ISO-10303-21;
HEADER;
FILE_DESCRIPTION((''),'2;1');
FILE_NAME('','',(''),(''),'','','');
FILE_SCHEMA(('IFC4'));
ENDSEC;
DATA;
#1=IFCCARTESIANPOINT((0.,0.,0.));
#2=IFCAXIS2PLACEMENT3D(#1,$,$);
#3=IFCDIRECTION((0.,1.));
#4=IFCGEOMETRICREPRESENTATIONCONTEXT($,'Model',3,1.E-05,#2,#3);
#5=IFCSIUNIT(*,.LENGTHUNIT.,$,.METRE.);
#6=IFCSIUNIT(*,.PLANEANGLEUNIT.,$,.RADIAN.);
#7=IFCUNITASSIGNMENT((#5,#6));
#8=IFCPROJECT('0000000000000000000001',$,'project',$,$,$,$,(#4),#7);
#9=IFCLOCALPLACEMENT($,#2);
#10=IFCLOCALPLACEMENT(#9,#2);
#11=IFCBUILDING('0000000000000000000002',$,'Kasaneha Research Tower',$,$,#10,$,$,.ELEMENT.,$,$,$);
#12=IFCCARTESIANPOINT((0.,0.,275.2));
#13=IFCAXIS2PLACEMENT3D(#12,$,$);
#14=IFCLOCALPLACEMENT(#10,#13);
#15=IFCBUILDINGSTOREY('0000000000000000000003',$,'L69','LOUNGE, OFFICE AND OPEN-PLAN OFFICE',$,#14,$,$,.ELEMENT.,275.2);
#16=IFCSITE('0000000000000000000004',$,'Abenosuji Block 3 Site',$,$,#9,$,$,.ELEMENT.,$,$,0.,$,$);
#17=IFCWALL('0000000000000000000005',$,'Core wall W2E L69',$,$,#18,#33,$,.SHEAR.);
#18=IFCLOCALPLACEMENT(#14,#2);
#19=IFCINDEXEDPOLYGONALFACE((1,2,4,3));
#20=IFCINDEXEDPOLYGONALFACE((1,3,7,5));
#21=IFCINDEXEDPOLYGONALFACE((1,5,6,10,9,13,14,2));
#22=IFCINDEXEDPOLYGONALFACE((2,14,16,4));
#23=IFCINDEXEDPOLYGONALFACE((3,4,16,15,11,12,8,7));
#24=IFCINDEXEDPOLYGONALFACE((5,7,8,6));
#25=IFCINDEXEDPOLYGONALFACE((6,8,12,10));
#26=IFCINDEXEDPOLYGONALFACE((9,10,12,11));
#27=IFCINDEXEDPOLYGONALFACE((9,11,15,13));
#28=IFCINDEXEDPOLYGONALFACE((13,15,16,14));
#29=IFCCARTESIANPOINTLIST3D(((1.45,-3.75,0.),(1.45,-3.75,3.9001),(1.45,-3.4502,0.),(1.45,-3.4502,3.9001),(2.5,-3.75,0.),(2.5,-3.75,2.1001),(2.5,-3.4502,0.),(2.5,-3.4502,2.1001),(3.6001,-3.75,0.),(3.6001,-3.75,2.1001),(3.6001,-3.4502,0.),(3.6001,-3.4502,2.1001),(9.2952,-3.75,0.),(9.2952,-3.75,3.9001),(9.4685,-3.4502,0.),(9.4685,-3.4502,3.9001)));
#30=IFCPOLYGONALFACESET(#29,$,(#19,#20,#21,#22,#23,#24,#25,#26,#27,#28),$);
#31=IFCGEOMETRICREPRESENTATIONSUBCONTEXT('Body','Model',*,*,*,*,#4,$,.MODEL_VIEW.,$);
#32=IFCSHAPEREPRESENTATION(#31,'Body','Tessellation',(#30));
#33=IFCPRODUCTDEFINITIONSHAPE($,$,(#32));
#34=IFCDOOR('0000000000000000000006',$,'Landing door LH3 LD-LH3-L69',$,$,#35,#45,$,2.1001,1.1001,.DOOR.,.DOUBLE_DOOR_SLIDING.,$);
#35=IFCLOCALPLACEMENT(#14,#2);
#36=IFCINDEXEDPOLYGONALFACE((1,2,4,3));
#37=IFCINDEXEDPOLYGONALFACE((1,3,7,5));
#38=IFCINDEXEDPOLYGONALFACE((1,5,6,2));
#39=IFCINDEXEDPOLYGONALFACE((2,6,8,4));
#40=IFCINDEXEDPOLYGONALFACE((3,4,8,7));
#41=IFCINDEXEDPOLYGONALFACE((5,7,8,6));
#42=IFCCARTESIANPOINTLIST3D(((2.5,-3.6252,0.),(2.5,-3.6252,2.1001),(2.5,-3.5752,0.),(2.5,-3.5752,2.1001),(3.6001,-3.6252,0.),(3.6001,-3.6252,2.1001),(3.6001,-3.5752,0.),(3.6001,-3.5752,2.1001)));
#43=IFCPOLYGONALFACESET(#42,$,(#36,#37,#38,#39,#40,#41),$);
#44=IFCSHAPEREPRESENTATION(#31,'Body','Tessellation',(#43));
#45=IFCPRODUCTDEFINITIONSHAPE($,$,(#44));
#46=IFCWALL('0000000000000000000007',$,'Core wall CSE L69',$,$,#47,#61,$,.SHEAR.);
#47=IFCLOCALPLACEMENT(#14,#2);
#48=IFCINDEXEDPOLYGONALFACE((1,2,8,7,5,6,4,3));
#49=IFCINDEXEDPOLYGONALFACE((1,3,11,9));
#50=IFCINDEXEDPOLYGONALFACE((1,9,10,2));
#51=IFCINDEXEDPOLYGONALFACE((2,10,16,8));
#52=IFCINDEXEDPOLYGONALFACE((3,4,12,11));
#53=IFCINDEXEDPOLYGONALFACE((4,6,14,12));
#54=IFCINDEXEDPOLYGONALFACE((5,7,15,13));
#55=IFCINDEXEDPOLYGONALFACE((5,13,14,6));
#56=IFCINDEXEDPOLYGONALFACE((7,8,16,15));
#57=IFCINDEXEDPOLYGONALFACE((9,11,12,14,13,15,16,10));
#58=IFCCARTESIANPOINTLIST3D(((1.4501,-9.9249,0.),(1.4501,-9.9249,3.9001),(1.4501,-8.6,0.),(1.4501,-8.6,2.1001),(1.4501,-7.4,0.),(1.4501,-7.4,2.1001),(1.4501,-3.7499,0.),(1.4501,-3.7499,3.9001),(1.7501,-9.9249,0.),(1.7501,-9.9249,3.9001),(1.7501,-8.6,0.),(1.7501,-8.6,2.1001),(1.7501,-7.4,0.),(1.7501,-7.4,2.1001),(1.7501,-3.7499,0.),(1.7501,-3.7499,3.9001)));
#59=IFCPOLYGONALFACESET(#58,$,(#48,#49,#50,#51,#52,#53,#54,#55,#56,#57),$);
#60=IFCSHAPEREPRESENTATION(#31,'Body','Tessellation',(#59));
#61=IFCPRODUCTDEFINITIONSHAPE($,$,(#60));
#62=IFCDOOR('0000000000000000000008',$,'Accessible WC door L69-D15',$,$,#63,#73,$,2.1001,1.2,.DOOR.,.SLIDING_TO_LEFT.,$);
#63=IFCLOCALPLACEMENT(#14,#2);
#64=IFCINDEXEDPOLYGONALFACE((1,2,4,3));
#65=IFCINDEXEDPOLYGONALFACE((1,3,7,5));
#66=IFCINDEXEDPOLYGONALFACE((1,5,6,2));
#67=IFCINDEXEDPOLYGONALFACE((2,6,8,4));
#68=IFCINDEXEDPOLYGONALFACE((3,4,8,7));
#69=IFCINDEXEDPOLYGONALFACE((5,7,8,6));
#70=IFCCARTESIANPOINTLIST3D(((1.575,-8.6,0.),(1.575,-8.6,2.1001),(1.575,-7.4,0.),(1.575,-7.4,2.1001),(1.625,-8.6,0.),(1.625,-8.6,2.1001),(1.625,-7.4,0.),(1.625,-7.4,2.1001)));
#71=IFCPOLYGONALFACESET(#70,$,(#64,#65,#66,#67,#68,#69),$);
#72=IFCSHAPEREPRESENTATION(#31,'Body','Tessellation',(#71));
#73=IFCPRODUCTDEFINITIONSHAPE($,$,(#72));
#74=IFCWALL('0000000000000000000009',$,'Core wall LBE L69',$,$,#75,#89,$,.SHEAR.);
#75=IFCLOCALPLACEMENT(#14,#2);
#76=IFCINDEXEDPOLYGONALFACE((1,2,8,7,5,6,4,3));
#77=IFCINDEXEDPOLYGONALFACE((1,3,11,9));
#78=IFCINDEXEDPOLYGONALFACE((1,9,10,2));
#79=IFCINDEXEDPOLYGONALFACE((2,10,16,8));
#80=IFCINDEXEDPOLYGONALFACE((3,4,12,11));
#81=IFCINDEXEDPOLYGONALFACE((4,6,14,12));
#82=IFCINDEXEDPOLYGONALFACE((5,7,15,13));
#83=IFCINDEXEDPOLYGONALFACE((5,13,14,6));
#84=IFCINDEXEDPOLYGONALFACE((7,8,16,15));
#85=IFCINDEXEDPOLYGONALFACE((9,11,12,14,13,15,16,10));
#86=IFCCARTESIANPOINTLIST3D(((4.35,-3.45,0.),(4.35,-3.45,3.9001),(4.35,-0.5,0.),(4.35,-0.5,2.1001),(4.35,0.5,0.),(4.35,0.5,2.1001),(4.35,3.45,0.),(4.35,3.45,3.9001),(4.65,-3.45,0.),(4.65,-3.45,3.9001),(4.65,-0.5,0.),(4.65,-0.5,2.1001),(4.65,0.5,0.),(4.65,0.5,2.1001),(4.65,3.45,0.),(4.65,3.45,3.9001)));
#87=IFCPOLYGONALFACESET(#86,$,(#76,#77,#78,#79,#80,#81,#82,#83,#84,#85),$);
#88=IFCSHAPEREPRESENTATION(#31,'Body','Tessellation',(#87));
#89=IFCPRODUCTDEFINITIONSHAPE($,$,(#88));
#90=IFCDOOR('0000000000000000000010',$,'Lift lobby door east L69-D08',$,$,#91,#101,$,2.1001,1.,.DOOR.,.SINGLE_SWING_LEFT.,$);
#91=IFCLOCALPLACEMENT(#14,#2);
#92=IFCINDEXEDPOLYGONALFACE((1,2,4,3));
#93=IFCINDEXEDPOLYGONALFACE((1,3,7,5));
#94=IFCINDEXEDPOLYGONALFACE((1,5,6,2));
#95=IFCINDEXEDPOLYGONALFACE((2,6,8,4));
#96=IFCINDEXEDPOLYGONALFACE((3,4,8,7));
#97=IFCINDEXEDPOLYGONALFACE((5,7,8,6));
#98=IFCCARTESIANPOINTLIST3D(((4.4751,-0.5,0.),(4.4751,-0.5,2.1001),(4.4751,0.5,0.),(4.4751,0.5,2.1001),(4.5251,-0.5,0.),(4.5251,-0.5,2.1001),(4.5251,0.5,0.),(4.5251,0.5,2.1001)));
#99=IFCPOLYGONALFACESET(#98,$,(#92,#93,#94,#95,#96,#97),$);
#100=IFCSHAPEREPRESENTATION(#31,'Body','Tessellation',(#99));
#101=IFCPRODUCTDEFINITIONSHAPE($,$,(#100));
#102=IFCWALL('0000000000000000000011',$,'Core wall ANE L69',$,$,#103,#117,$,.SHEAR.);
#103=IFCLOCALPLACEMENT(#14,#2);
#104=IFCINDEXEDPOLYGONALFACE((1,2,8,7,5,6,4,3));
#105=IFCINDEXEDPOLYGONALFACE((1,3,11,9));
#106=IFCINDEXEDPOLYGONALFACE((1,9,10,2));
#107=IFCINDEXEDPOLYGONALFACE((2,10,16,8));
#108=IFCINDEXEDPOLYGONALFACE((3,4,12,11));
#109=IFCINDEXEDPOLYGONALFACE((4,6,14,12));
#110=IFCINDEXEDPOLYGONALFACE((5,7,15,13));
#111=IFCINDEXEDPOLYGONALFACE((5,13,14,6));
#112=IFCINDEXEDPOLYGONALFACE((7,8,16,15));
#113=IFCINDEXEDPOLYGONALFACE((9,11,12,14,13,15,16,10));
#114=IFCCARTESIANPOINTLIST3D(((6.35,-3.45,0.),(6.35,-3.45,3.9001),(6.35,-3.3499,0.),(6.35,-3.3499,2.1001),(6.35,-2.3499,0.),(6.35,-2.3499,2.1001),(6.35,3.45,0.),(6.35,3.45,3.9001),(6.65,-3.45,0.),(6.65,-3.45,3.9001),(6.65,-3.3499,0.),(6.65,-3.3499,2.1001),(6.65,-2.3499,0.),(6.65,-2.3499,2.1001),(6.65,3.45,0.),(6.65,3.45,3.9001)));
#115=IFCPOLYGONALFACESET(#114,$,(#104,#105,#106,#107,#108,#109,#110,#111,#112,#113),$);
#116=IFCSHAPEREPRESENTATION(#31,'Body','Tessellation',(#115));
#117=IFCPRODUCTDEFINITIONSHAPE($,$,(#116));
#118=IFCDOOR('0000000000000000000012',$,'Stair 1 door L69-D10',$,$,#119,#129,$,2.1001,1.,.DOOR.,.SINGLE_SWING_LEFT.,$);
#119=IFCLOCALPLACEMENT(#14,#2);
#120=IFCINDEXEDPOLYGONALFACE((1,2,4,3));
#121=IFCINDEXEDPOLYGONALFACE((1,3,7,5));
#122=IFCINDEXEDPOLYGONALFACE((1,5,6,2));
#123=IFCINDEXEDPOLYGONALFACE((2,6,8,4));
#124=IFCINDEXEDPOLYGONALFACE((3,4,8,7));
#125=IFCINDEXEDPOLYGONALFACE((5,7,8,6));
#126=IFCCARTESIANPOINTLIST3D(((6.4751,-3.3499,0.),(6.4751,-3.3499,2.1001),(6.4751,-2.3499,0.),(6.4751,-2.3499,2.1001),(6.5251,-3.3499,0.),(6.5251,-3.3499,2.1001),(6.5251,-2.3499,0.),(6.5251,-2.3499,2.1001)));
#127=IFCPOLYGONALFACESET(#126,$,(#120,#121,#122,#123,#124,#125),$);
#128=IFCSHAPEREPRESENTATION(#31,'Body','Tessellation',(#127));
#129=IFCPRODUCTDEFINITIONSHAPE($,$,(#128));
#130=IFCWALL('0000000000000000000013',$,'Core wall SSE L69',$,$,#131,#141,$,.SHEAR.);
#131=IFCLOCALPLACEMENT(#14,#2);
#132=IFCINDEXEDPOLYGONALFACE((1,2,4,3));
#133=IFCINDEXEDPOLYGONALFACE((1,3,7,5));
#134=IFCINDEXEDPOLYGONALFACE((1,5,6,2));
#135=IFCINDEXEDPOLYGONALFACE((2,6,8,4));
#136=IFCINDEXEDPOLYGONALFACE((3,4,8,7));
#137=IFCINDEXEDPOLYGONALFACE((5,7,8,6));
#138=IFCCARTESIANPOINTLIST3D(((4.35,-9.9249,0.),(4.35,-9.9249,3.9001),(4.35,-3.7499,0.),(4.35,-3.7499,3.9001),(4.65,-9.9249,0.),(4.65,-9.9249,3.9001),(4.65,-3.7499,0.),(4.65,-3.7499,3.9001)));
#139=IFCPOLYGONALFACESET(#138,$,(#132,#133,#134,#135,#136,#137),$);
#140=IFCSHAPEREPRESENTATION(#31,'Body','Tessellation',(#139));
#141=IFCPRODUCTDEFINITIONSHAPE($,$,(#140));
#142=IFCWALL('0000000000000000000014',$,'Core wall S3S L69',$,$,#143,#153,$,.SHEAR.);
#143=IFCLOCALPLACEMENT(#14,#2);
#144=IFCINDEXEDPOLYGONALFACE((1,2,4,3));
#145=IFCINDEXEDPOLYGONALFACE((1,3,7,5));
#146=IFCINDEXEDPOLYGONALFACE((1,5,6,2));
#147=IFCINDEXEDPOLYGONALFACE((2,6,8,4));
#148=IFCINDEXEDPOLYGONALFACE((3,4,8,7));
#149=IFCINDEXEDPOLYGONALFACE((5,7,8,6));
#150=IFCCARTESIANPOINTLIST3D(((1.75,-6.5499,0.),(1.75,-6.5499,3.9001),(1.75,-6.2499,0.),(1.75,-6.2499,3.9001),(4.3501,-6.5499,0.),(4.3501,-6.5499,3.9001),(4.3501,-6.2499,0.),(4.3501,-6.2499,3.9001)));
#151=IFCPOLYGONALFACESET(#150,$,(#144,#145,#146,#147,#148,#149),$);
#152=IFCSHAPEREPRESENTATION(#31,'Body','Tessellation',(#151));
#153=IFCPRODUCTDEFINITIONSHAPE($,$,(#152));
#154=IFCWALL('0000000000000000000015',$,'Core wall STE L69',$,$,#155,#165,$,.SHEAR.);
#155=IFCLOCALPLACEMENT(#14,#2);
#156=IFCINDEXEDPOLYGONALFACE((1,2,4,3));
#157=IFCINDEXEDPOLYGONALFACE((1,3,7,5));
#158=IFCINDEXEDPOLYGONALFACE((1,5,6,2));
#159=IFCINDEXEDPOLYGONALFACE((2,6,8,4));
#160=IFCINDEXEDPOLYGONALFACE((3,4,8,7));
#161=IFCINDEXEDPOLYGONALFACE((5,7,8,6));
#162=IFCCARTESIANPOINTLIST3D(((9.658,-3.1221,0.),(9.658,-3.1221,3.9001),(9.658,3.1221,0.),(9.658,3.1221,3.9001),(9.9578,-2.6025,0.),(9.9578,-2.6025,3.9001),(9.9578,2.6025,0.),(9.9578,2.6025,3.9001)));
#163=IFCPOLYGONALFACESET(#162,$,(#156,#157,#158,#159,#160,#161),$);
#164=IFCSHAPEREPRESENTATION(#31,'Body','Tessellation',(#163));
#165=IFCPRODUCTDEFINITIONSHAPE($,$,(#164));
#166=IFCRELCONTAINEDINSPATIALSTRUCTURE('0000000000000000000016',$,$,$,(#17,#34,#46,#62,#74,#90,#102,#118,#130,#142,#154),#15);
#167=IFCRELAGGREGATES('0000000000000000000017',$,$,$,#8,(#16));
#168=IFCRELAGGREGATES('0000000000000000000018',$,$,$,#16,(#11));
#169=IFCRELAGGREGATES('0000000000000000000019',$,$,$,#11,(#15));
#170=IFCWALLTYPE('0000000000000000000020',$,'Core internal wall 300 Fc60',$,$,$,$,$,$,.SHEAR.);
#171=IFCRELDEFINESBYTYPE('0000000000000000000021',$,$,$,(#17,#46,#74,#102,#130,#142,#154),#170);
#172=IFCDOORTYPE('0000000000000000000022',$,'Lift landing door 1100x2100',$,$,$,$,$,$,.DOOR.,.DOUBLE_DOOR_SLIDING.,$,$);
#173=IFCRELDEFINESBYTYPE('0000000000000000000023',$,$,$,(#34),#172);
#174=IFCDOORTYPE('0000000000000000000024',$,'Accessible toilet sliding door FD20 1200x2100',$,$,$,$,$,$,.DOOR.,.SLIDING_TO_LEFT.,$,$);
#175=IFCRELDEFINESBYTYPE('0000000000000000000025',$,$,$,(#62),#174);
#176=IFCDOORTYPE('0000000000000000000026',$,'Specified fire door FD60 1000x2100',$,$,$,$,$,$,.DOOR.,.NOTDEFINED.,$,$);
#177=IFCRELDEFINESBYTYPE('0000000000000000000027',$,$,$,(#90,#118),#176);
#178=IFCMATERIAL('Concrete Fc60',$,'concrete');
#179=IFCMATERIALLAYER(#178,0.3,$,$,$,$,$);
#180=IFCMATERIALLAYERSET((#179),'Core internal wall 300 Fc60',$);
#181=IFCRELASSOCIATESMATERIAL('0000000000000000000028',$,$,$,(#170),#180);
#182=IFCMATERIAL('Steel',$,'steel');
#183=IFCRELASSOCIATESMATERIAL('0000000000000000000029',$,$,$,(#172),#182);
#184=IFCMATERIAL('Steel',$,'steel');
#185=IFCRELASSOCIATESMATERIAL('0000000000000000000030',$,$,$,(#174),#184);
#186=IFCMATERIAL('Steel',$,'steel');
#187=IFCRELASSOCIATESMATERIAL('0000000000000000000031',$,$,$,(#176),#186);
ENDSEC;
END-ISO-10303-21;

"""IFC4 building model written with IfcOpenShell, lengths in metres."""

from ifc_helpers import new_model, si_unit, direction, frame, frame_2d, origin, place, context, subcontext, project, spatial, polyline, rectangle, outline, extrude, material, layer, layer_set, type_object, element, fill, save


model = new_model("IFC4")

# Units and contexts
model_context = context("Model", 3, precision=1e-05, world=origin(), true_north=direction((0.0, 1.0)))
body_context = subcontext(model_context, "Body", "Model", "MODEL_VIEW")
ifc_project = project(units=[si_unit("LENGTHUNIT", "METRE"), si_unit("PLANEANGLEUNIT", "RADIAN")], contexts=[model_context])

# Site, building, storey
site_placement = place(None, origin())
site = spatial("IfcSite", under=ifc_project, at=site_placement, Name="Abenosuji Block 3 Site", CompositionType="ELEMENT", RefElevation=0.0)
building_placement = place(site_placement, origin())
building = spatial("IfcBuilding", under=site, at=building_placement, Name="Kasaneha Research Tower", CompositionType="ELEMENT")
storey_placement = place(building_placement, frame((0.0, 0.0, 275.2)))
storey = spatial("IfcBuildingStorey", under=building, at=storey_placement, Name="L69", Description="LOUNGE, OFFICE AND OPEN-PLAN OFFICE", CompositionType="ELEMENT", Elevation=275.2)

# Walls, openings, doors
ifc_material_1 = material(Name="Concrete Fc60", Category="concrete")
ifc_layer_1 = layer(ifc_material_1, 0.3)
ifc_layer_set_1 = layer_set([ifc_layer_1], Name="Core internal wall 300 Fc60")
wall_type_1 = type_object("IfcWallType", Name="Core internal wall 300 Fc60", PredefinedType="SHEAR", material=ifc_layer_set_1)
wall_1_placement = place(storey_placement, frame((1.45, -3.6001, 0.0), z_axis=(0.0, 0.0, 1.0), x_axis=(1.0, 0.0, 0.0)))
wall_1 = element("IfcWall", 1, at=wall_1_placement, inside=storey, type_object=wall_type_1, Name="Core wall W2E L69", PredefinedType="SHEAR", context=body_context, shape_type="SweptSolid", body=[
    extrude(outline(polyline([(0.0, -0.1499), (1.05, -0.1499), (2.1501, -0.1499), (7.8452, -0.1499), (8.0186, 0.1499), (2.1501, 0.1499), (1.05, 0.1499), (0.0, 0.1499), (0.0, -0.1499)])), origin(), (0.0, 0.0, 1.0), 3.9001),
])
opening_1_placement = place(wall_1_placement, frame((1.05, 0.0, 0.0)))
opening_1 = element("IfcOpeningElement", 2, at=opening_1_placement, cuts=wall_1, PredefinedType="OPENING", context=body_context, shape_type="SweptSolid", body=[
    extrude(rectangle(XDim=1.1001, YDim=2.1001, at=frame_2d((0.55, 1.05))), frame((0.0, 0.1602, 0.0), z_axis=(0.0, -1.0, 0.0), x_axis=(1.0, 0.0, 0.0)), (0.0, 0.0, 1.0), 0.3201),
])
ifc_material_2 = material(Name="Steel", Category="steel")
door_type_1 = type_object("IfcDoorType", Name="Lift landing door 1100x2100", OperationType="DOUBLE_DOOR_SLIDING", PredefinedType="DOOR", material=ifc_material_2)
door_1_placement = place(opening_1_placement, origin())
door_1 = element("IfcDoor", 3, at=door_1_placement, inside=storey, type_object=door_type_1, Name="Landing door LH3 LD-LH3-L69", OperationType="DOUBLE_DOOR_SLIDING", OverallHeight=2.1001, OverallWidth=1.1001, PredefinedType="DOOR", context=body_context, shape_type="SweptSolid", body=[
    extrude(rectangle(XDim=1.1001, YDim=2.1001, at=frame_2d((0.55, 1.05))), frame((0.0, 0.0249, 0.0), z_axis=(0.0, -1.0, 0.0), x_axis=(1.0, 0.0, 0.0)), (0.0, 0.0, 1.0), 0.05),
])
fill(opening_1, door_1)
wall_2_placement = place(storey_placement, frame((1.6001, -3.75, 0.0), z_axis=(0.0, 0.0, 1.0), x_axis=(0.0, -1.0, 0.0)))
wall_2 = element("IfcWall", 4, at=wall_2_placement, inside=storey, type_object=wall_type_1, Name="Core wall CSE L69", PredefinedType="SHEAR", context=body_context, shape_type="SweptSolid", body=[
    extrude(rectangle(XDim=6.175, YDim=0.3, at=frame_2d((3.0874, 0.0))), origin(), (0.0, 0.0, 1.0), 3.9001),
])
opening_2_placement = place(wall_2_placement, frame((3.6499, 0.0, 0.0)))
opening_2 = element("IfcOpeningElement", 5, at=opening_2_placement, cuts=wall_2, PredefinedType="OPENING", context=body_context, shape_type="SweptSolid", body=[
    extrude(rectangle(XDim=1.2, YDim=2.1001, at=frame_2d((0.6001, 1.05))), frame((0.0, 0.1602, 0.0), z_axis=(0.0, -1.0, 0.0), x_axis=(1.0, 0.0, 0.0)), (0.0, 0.0, 1.0), 0.3201),
])
ifc_material_3 = material(Name="Steel", Category="steel")
door_type_2 = type_object("IfcDoorType", Name="Accessible toilet sliding door FD20 1200x2100", OperationType="SLIDING_TO_LEFT", PredefinedType="DOOR", material=ifc_material_3)
door_2_placement = place(opening_2_placement, origin())
door_2 = element("IfcDoor", 6, at=door_2_placement, inside=storey, type_object=door_type_2, Name="Accessible WC door L69-D15", OperationType="SLIDING_TO_LEFT", OverallHeight=2.1001, OverallWidth=1.2, PredefinedType="DOOR", context=body_context, shape_type="SweptSolid", body=[
    extrude(rectangle(XDim=1.2, YDim=2.1001, at=frame_2d((0.6001, 1.05))), frame((0.0, 0.0249, 0.0), z_axis=(0.0, -1.0, 0.0), x_axis=(1.0, 0.0, 0.0)), (0.0, 0.0, 1.0), 0.05),
])
fill(opening_2, door_2)
wall_3_placement = place(storey_placement, frame((4.5, -3.45, 0.0), z_axis=(0.0, 0.0, 1.0), x_axis=(0.0, 1.0, 0.0)))
wall_3 = element("IfcWall", 7, at=wall_3_placement, inside=storey, type_object=wall_type_1, Name="Core wall LBE L69", PredefinedType="SHEAR", context=body_context, shape_type="SweptSolid", body=[
    extrude(rectangle(XDim=6.8999, YDim=0.3, at=frame_2d((3.45, 0.0))), origin(), (0.0, 0.0, 1.0), 3.9001),
])
opening_3_placement = place(wall_3_placement, frame((2.95, 0.0, 0.0)))
opening_3 = element("IfcOpeningElement", 8, at=opening_3_placement, cuts=wall_3, PredefinedType="OPENING", context=body_context, shape_type="SweptSolid", body=[
    extrude(rectangle(XDim=1.0, YDim=2.1001, at=frame_2d((0.5, 1.05))), frame((0.0, 0.1602, 0.0), z_axis=(0.0, -1.0, 0.0), x_axis=(1.0, 0.0, 0.0)), (0.0, 0.0, 1.0), 0.3201),
])
ifc_material_4 = material(Name="Steel", Category="steel")
door_type_3 = type_object("IfcDoorType", Name="Specified fire door FD60 1000x2100", OperationType="NOTDEFINED", PredefinedType="DOOR", material=ifc_material_4)
door_3_placement = place(opening_3_placement, origin())
door_3 = element("IfcDoor", 9, at=door_3_placement, inside=storey, type_object=door_type_3, Name="Lift lobby door east L69-D08", OperationType="SINGLE_SWING_LEFT", OverallHeight=2.1001, OverallWidth=1.0, PredefinedType="DOOR", context=body_context, shape_type="SweptSolid", body=[
    extrude(rectangle(XDim=1.0, YDim=2.1001, at=frame_2d((0.5, 1.05))), frame((0.0, 0.0249, 0.0), z_axis=(0.0, -1.0, 0.0), x_axis=(1.0, 0.0, 0.0)), (0.0, 0.0, 1.0), 0.05),
])
fill(opening_3, door_3)
wall_4_placement = place(storey_placement, frame((6.5, -3.45, 0.0), z_axis=(0.0, 0.0, 1.0), x_axis=(0.0, 1.0, 0.0)))
wall_4 = element("IfcWall", 10, at=wall_4_placement, inside=storey, type_object=wall_type_1, Name="Core wall ANE L69", PredefinedType="SHEAR", context=body_context, shape_type="SweptSolid", body=[
    extrude(rectangle(XDim=6.8999, YDim=0.3, at=frame_2d((3.45, 0.0))), origin(), (0.0, 0.0, 1.0), 3.9001),
])
opening_4_placement = place(wall_4_placement, frame((0.1001, 0.0, 0.0)))
opening_4 = element("IfcOpeningElement", 11, at=opening_4_placement, cuts=wall_4, PredefinedType="OPENING", context=body_context, shape_type="SweptSolid", body=[
    extrude(rectangle(XDim=1.0, YDim=2.1001, at=frame_2d((0.5, 1.05))), frame((0.0, 0.1602, 0.0), z_axis=(0.0, -1.0, 0.0), x_axis=(1.0, 0.0, 0.0)), (0.0, 0.0, 1.0), 0.3201),
])
door_4_placement = place(opening_4_placement, origin())
door_4 = element("IfcDoor", 12, at=door_4_placement, inside=storey, type_object=door_type_3, Name="Stair 1 door L69-D10", OperationType="SINGLE_SWING_LEFT", OverallHeight=2.1001, OverallWidth=1.0, PredefinedType="DOOR", context=body_context, shape_type="SweptSolid", body=[
    extrude(rectangle(XDim=1.0, YDim=2.1001, at=frame_2d((0.5, 1.05))), frame((0.0, 0.0249, 0.0), z_axis=(0.0, -1.0, 0.0), x_axis=(1.0, 0.0, 0.0)), (0.0, 0.0, 1.0), 0.05),
])
fill(opening_4, door_4)

# Walls
wall_5_placement = place(storey_placement, frame((4.5, -3.75, 0.0), z_axis=(0.0, 0.0, 1.0), x_axis=(0.0, -1.0, 0.0)))
element("IfcWall", 13, at=wall_5_placement, inside=storey, type_object=wall_type_1, Name="Core wall SSE L69", PredefinedType="SHEAR", context=body_context, shape_type="SweptSolid", body=[
    extrude(rectangle(XDim=6.175, YDim=0.3, at=frame_2d((3.0874, 0.0))), origin(), (0.0, 0.0, 1.0), 3.9001),
])
wall_6_placement = place(storey_placement, frame((1.75, -6.3999, 0.0), z_axis=(0.0, 0.0, 1.0), x_axis=(1.0, 0.0, 0.0)))
element("IfcWall", 14, at=wall_6_placement, inside=storey, type_object=wall_type_1, Name="Core wall S3S L69", PredefinedType="SHEAR", context=body_context, shape_type="SweptSolid", body=[
    extrude(rectangle(XDim=2.6001, YDim=0.3, at=frame_2d((1.3, 0.0))), origin(), (0.0, 0.0, 1.0), 3.9001),
])
wall_7_placement = place(storey_placement, frame((9.8079, -2.8623, 0.0), z_axis=(0.0, 0.0, 1.0), x_axis=(0.0, 1.0, 0.0)))
element("IfcWall", 15, at=wall_7_placement, inside=storey, type_object=wall_type_1, Name="Core wall STE L69", PredefinedType="SHEAR", context=body_context, shape_type="SweptSolid", body=[
    extrude(outline(polyline([(0.2598, -0.1499), (5.4648, -0.1499), (5.9844, 0.1499), (-0.2598, 0.1499), (0.2598, -0.1499)])), origin(), (0.0, 0.0, 1.0), 3.9001),
])

save(model, "model.ifc")
